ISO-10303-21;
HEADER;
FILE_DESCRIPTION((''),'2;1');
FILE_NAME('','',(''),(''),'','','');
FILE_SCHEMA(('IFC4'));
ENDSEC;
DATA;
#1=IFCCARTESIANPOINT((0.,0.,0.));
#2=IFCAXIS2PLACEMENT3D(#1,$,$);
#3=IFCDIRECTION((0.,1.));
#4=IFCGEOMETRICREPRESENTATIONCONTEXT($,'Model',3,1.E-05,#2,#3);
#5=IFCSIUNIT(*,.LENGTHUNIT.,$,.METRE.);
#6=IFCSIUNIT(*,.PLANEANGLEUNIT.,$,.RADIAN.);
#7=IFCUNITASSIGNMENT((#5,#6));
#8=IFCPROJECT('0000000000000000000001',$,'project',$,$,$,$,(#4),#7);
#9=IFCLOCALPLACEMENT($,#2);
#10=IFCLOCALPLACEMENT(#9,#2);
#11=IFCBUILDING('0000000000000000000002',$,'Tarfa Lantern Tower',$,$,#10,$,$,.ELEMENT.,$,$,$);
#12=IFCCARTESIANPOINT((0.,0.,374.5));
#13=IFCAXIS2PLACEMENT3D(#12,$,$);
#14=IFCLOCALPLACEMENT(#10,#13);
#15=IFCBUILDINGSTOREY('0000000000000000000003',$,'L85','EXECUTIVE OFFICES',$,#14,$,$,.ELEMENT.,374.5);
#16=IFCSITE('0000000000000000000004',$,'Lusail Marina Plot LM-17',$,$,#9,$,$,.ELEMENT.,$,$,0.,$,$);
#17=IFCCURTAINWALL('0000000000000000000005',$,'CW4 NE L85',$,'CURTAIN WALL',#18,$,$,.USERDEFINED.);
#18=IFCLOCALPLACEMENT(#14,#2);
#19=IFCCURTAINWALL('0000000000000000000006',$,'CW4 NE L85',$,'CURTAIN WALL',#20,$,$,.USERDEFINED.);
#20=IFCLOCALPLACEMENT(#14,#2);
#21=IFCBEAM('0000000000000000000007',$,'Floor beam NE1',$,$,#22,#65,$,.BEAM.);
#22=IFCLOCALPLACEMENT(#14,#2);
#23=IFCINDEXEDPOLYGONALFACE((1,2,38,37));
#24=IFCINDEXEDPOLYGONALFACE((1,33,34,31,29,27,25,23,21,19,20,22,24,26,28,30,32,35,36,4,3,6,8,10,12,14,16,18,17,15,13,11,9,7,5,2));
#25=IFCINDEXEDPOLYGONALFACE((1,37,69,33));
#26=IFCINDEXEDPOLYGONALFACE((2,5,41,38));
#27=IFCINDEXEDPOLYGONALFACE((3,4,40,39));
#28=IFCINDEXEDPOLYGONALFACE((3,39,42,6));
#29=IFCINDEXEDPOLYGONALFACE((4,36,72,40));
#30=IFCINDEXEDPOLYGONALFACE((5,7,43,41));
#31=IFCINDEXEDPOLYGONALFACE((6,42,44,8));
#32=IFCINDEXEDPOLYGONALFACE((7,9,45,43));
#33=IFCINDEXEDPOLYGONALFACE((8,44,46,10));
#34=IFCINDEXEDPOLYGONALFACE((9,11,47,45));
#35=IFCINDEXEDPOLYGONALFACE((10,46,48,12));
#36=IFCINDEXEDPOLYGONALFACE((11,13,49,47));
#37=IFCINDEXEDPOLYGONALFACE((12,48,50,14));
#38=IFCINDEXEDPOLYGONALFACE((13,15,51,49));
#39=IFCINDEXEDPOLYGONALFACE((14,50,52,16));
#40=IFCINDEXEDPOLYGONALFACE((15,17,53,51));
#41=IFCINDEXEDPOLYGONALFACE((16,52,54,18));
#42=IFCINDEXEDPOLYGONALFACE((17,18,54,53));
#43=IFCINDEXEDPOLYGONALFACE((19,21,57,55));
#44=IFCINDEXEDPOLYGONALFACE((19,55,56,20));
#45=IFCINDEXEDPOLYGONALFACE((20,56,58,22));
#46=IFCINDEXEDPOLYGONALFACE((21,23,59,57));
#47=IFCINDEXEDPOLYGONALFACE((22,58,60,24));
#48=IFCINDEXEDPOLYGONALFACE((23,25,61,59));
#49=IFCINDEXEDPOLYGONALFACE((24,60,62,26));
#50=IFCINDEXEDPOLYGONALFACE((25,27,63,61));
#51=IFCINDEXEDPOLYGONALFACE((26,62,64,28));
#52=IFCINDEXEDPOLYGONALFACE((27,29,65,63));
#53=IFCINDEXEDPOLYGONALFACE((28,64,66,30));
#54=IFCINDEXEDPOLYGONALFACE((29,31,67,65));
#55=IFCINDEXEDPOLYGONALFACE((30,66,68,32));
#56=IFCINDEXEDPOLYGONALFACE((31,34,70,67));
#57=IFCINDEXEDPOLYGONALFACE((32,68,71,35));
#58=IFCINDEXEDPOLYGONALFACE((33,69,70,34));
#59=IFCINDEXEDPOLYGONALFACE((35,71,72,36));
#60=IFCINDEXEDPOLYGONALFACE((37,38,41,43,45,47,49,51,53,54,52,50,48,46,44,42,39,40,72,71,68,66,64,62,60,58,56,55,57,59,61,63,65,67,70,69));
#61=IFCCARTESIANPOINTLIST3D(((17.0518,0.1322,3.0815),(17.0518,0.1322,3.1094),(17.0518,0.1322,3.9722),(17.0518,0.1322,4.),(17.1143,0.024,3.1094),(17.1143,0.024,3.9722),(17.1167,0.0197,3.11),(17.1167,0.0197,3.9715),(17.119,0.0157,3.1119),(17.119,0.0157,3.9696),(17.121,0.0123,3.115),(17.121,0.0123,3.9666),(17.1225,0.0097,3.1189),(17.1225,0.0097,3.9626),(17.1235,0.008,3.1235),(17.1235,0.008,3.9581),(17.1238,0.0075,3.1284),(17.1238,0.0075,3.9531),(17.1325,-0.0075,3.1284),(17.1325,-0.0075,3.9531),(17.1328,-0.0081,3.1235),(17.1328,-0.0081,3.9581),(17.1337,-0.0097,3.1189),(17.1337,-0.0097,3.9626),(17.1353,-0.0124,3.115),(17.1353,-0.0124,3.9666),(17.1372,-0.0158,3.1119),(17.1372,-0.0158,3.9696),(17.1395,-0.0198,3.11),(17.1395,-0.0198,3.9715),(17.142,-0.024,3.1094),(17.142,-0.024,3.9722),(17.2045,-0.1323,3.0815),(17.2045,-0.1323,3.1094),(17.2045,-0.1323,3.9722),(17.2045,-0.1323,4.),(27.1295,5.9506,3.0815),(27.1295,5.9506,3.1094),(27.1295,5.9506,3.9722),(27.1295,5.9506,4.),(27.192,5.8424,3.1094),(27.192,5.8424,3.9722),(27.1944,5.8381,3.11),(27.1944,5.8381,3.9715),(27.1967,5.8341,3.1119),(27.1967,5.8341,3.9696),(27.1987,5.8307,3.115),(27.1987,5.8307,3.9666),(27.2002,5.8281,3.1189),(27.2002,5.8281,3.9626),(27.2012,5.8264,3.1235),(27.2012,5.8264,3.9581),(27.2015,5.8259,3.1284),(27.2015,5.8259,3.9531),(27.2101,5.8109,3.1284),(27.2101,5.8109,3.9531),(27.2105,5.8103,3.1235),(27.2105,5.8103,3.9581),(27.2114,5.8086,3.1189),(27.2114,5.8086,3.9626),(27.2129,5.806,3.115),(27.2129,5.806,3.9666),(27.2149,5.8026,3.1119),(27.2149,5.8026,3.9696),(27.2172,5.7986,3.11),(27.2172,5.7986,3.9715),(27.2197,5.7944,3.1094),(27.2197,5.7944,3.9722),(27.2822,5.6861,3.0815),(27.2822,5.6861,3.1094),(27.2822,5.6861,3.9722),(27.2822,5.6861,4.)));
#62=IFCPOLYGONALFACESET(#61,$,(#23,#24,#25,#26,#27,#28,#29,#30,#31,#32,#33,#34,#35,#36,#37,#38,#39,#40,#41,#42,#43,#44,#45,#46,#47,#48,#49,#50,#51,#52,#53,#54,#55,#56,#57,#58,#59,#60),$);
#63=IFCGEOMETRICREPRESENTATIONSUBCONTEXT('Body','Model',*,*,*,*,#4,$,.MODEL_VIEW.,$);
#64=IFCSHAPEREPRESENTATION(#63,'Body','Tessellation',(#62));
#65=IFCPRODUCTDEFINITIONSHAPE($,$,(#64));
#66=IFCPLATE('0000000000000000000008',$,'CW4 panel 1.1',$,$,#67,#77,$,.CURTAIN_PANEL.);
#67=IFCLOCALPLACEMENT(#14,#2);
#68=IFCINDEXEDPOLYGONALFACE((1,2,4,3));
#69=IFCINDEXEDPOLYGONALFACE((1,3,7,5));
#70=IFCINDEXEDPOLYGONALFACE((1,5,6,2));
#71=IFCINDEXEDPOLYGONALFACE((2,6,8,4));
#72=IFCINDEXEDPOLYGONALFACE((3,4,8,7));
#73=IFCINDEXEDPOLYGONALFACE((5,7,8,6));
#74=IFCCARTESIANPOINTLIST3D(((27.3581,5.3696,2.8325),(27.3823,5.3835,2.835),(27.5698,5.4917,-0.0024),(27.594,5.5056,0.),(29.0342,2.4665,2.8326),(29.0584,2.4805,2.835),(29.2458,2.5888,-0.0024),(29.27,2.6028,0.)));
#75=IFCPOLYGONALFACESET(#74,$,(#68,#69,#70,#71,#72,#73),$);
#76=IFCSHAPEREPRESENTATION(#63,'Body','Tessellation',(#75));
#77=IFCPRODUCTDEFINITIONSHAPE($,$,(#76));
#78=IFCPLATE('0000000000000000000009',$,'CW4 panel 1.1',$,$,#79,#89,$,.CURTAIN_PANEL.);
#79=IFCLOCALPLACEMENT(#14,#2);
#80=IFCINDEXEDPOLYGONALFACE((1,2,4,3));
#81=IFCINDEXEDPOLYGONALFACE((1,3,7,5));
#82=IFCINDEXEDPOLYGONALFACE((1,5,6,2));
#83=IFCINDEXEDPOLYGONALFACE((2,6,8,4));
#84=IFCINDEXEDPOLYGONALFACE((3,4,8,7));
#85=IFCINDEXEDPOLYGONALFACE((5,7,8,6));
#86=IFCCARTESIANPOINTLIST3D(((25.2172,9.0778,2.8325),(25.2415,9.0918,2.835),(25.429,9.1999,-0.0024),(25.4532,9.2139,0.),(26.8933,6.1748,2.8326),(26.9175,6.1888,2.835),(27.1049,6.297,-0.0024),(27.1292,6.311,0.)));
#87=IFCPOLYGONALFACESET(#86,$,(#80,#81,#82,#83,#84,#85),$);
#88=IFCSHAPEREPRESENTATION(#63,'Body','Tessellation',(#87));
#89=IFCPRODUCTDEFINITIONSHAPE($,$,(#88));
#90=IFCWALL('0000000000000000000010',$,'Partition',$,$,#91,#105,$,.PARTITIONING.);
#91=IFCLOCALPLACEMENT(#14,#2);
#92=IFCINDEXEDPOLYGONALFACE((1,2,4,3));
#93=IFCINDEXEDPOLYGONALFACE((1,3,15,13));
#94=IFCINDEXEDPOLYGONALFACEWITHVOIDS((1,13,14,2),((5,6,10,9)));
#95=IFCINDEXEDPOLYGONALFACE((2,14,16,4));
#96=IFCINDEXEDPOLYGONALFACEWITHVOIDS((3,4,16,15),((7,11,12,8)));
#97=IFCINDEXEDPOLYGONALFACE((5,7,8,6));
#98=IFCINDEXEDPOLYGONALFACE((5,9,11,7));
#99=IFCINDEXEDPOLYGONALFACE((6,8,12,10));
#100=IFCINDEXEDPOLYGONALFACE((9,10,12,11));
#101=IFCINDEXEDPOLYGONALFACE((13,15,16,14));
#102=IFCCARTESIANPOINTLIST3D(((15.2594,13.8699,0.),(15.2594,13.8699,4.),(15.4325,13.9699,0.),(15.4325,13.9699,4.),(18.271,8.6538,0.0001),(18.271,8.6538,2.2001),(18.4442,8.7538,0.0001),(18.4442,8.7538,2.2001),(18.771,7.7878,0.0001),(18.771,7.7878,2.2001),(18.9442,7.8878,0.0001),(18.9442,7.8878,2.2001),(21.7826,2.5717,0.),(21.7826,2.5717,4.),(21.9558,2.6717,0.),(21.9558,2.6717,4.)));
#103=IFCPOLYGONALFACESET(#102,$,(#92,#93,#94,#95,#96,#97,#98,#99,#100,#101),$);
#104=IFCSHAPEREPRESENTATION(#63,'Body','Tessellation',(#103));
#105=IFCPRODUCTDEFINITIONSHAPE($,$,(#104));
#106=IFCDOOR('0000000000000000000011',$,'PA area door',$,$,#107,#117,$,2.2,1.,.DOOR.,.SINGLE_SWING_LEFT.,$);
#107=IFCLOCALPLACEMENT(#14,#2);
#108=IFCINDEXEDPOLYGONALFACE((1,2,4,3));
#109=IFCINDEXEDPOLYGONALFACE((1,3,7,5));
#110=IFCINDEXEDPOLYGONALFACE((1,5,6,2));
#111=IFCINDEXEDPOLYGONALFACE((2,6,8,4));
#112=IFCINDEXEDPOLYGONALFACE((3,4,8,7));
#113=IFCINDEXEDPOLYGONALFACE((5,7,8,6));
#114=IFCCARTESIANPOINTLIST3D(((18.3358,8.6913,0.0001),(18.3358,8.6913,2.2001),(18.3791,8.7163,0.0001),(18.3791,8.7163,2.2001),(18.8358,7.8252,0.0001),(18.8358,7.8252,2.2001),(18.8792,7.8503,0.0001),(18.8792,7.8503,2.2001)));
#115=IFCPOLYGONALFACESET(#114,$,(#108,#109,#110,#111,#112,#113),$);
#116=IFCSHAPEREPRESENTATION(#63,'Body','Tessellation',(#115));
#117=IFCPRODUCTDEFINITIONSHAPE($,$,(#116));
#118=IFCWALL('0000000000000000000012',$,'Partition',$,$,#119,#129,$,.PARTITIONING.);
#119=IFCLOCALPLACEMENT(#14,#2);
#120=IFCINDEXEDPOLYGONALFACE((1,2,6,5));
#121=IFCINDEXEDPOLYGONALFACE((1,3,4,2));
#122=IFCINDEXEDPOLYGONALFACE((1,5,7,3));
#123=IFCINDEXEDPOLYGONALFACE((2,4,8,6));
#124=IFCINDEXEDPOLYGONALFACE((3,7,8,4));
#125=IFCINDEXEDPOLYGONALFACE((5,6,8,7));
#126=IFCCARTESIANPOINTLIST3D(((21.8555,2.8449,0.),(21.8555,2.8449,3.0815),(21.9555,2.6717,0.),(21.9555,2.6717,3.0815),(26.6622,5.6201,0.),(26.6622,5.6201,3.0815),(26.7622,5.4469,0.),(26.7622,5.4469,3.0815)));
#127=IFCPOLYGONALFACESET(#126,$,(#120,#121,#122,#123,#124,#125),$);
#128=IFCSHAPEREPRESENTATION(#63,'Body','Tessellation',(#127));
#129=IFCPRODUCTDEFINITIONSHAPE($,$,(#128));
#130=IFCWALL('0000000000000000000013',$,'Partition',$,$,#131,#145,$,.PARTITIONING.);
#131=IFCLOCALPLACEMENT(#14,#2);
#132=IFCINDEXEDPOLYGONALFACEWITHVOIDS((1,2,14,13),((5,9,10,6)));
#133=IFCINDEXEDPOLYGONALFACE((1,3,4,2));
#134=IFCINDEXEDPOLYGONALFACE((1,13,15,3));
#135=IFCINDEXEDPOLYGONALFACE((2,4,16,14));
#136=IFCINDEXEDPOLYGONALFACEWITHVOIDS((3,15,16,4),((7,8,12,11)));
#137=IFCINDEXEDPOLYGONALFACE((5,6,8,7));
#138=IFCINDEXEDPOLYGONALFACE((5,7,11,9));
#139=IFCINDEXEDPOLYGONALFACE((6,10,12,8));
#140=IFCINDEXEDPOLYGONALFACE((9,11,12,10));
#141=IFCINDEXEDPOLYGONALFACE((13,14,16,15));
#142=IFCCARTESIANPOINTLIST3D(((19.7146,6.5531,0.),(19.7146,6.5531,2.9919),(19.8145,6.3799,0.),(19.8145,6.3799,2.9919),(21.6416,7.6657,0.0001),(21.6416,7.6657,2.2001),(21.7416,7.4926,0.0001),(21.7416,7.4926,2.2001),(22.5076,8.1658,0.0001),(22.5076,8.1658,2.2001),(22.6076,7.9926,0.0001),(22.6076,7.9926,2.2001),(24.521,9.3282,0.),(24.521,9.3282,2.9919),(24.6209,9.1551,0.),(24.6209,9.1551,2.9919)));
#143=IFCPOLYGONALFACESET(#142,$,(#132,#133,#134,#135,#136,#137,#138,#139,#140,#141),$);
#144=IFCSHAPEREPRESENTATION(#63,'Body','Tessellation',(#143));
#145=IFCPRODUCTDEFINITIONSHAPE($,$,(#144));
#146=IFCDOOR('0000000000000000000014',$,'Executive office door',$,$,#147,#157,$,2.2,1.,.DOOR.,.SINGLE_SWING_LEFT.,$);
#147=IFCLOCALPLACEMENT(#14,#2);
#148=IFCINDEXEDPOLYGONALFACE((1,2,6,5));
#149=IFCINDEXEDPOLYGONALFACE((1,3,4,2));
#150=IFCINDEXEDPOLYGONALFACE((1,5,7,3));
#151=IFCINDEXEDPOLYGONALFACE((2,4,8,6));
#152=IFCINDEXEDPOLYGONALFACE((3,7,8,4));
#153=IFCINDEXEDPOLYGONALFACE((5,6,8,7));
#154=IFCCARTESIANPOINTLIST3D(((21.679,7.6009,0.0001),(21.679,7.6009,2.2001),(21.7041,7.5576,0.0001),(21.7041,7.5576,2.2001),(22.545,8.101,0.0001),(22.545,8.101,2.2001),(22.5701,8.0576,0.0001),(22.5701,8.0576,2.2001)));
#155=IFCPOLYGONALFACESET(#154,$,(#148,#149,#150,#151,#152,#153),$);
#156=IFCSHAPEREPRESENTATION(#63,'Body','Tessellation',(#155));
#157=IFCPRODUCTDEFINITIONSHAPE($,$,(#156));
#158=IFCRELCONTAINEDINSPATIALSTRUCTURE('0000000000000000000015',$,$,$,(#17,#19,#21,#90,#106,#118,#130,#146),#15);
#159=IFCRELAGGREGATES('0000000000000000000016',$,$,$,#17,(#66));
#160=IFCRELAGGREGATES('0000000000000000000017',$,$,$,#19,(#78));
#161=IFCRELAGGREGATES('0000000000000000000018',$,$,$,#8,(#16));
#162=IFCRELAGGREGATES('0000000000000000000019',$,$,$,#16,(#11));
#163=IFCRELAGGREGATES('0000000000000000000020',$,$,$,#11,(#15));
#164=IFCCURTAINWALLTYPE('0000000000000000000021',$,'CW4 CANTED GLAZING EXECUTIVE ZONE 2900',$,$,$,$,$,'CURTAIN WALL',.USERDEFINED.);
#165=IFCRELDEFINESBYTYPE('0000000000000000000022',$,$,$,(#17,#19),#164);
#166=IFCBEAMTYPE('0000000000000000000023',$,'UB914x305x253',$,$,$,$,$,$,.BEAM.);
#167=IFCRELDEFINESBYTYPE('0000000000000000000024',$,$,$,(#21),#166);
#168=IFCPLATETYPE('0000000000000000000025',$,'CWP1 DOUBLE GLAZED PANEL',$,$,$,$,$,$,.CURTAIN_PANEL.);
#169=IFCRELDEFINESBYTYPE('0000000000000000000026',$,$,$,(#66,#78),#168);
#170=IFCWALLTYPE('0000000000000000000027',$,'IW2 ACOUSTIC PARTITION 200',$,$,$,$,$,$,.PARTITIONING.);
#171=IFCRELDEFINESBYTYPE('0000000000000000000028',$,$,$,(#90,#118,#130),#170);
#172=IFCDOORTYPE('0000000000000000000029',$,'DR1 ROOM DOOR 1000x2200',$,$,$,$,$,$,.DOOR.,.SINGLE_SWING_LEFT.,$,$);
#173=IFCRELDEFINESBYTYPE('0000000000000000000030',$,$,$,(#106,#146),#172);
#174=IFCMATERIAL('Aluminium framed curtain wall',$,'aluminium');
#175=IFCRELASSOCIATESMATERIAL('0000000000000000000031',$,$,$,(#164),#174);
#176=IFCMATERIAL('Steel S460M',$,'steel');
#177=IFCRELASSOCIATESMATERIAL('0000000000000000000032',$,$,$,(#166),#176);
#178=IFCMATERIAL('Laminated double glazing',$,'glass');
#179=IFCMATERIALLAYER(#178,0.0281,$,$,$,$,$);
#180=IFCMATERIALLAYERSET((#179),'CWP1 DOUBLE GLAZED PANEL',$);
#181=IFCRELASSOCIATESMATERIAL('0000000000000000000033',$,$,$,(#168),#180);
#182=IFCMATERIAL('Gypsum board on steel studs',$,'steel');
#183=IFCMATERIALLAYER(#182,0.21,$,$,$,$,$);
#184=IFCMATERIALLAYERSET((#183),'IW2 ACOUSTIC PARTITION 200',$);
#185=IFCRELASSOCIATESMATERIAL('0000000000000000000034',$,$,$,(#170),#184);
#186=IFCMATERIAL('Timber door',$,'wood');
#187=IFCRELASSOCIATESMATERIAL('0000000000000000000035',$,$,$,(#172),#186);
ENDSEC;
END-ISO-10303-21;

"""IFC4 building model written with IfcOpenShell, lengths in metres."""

from ifc_helpers import new_model, si_unit, direction, frame, frame_2d, origin, origin_2d, place, context, subcontext, project, spatial, polyline, rectangle, i_section, outline, extrude, material, layer, layer_set, material_profile, profile_set, type_object, element, fill, aggregate, save


model = new_model("IFC4")

# Units and contexts
model_context = context("Model", 3, precision=1e-05, world=origin(), true_north=direction((0.0, 1.0)))
body_context = subcontext(model_context, "Body", "Model", "MODEL_VIEW")
ifc_project = project(units=[si_unit("LENGTHUNIT", "METRE"), si_unit("PLANEANGLEUNIT", "RADIAN")], contexts=[model_context])

# Site, building, storey
site_placement = place(None, origin())
site = spatial("IfcSite", under=ifc_project, at=site_placement, Name="Lusail Marina Plot LM-17", CompositionType="ELEMENT", RefElevation=0.0)
building_placement = place(site_placement, origin())
building = spatial("IfcBuilding", under=site, at=building_placement, Name="Tarfa Lantern Tower", CompositionType="ELEMENT")
storey_placement = place(building_placement, frame((0.0, 0.0, 374.5)))
storey = spatial("IfcBuildingStorey", under=building, at=storey_placement, Name="L85", Description="EXECUTIVE OFFICES", CompositionType="ELEMENT", Elevation=374.5)

# Curtain walls
ifc_material_1 = material(Name="Aluminium framed curtain wall", Category="aluminium")
curtain_wall_type = type_object("IfcCurtainWallType", Name="CW4 CANTED GLAZING EXECUTIVE ZONE 2900", ElementType="CURTAIN WALL", PredefinedType="USERDEFINED", material=ifc_material_1)
curtain_wall_1_placement = place(storey_placement, origin())
curtain_wall_1 = element("IfcCurtainWall", 1, at=curtain_wall_1_placement, inside=storey, type_object=curtain_wall_type, Name="CW4 NE L85", ObjectType="CURTAIN WALL", PredefinedType="USERDEFINED")
curtain_wall_2_placement = place(storey_placement, origin())
curtain_wall_2 = element("IfcCurtainWall", 2, at=curtain_wall_2_placement, inside=storey, type_object=curtain_wall_type, Name="CW4 NE L85", ObjectType="CURTAIN WALL", PredefinedType="USERDEFINED")

# Beam
ifc_material_2 = material(Name="Steel S460M", Category="steel")
ifc_material_profile_1 = material_profile(ifc_material_2, i_section(OverallWidth=0.3054, OverallDepth=0.9185, WebThickness=0.0173, FlangeThickness=0.0278, FilletRadius=0.019, at=origin_2d()), Name="UB914x305x253")
ifc_profile_set_1 = profile_set([ifc_material_profile_1], Name="Steel S460M")
beam_type_1 = type_object("IfcBeamType", Name="UB914x305x253", PredefinedType="BEAM", material=ifc_profile_set_1)
beam_1_placement = place(storey_placement, frame((27.2058, 5.8184, 3.5408), z_axis=(-0.866024, -0.500002, 0.0), x_axis=(0.500002, -0.866024, 0.0)))
element("IfcBeam", 3, at=beam_1_placement, inside=storey, type_object=beam_type_1, Name="Floor beam NE1", PredefinedType="BEAM", context=body_context, shape_type="SweptSolid", body=[
    extrude(i_section(OverallWidth=0.3054, OverallDepth=0.9185, WebThickness=0.0173, FlangeThickness=0.0278, FilletRadius=0.019, at=origin_2d()), origin(), (0.0, 0.0, 1.0), 11.6367),
])

# Plates
ifc_material_3 = material(Name="Laminated double glazing", Category="glass")
ifc_layer_1 = layer(ifc_material_3, 0.0281)
ifc_layer_set_1 = layer_set([ifc_layer_1], Name="CWP1 DOUBLE GLAZED PANEL")
plate_type = type_object("IfcPlateType", Name="CWP1 DOUBLE GLAZED PANEL", PredefinedType="CURTAIN_PANEL", material=ifc_layer_set_1)
plate_1_placement = place(storey_placement, frame((29.27, 2.6028, 0.0), z_axis=(0.862824, 0.498153, 0.085893), x_axis=(-0.500001, 0.866025, 0.000002)))
plate_1 = element("IfcPlate", 4, at=plate_1_placement, type_object=plate_type, Name="CW4 panel 1.1", PredefinedType="CURTAIN_PANEL", context=body_context, shape_type="SweptSolid", body=[
    extrude(outline(polyline([(0.0, 0.0), (3.3519, 0.0), (3.3521, 2.8455), (-0.0001, 2.8455), (0.0, 0.0)])), origin(), (0.0, 0.0, -1.0), 0.0281),
])
aggregate(curtain_wall_1, [plate_1])
plate_2_placement = place(storey_placement, frame((27.1292, 6.311, 0.0), z_axis=(0.862824, 0.498153, 0.085893), x_axis=(-0.500001, 0.866025, 0.000002)))
plate_2 = element("IfcPlate", 5, at=plate_2_placement, type_object=plate_type, Name="CW4 panel 1.1", PredefinedType="CURTAIN_PANEL", context=body_context, shape_type="SweptSolid", body=[
    extrude(outline(polyline([(0.0, 0.0), (3.3519, 0.0), (3.3521, 2.8455), (-0.0001, 2.8455), (0.0, 0.0)])), origin(), (0.0, 0.0, -1.0), 0.0281),
])
aggregate(curtain_wall_2, [plate_2])

# Wall, opening, door
ifc_material_4 = material(Name="Gypsum board on steel studs", Category="steel")
ifc_layer_2 = layer(ifc_material_4, 0.21)
ifc_layer_set_2 = layer_set([ifc_layer_2], Name="IW2 ACOUSTIC PARTITION 200")
wall_type = type_object("IfcWallType", Name="IW2 ACOUSTIC PARTITION 200", PredefinedType="PARTITIONING", material=ifc_layer_set_2)
wall_1_placement = place(storey_placement, frame((21.8691, 2.6218, 0.0), z_axis=(0.0, 0.0, 1.0), x_axis=(-0.500013, 0.866018, 0.0)))
wall_1 = element("IfcWall", 6, at=wall_1_placement, inside=storey, type_object=wall_type, Name="Partition", PredefinedType="PARTITIONING", context=body_context, shape_type="SweptSolid", body=[
    extrude(rectangle(XDim=13.0461, YDim=0.2, at=frame_2d((6.5229, 0.0))), origin(), (0.0, 0.0, 1.0), 4.0),
])
opening_1_placement = place(wall_1_placement, frame((6.0229, 0.0, 0.0)))
opening_1 = element("IfcOpeningElement", 7, at=opening_1_placement, cuts=wall_1, PredefinedType="OPENING", context=body_context, shape_type="SweptSolid", body=[
    extrude(rectangle(XDim=1.0, YDim=2.2, at=frame_2d((0.5, 1.1001))), frame((0.0, 0.1099, 0.0), z_axis=(0.0, -1.0, 0.0), x_axis=(1.0, 0.0, 0.0)), (0.0, 0.0, 1.0), 0.22),
])
ifc_material_5 = material(Name="Timber door", Category="wood")
door_type = type_object("IfcDoorType", Name="DR1 ROOM DOOR 1000x2200", OperationType="SINGLE_SWING_LEFT", PredefinedType="DOOR", material=ifc_material_5)
door_1_placement = place(opening_1_placement, frame((1.0, 0.0, 0.0), z_axis=(0.0, 0.0, 1.0), x_axis=(-1.0, 0.0, 0.0)))
door_1 = element("IfcDoor", 8, at=door_1_placement, inside=storey, type_object=door_type, Name="PA area door", OperationType="SINGLE_SWING_LEFT", OverallHeight=2.2, OverallWidth=1.0, PredefinedType="DOOR", context=body_context, shape_type="SweptSolid", body=[
    extrude(rectangle(XDim=1.0, YDim=2.2, at=frame_2d((0.5, 1.1001))), frame((0.0, 0.0249, 0.0), z_axis=(0.0, -1.0, 0.0), x_axis=(1.0, 0.0, 0.0)), (0.0, 0.0, 1.0), 0.05),
])
fill(opening_1, door_1)

# Wall
wall_2_placement = place(storey_placement, frame((21.9055, 2.7583, 0.0), z_axis=(0.0, 0.0, 1.0), x_axis=(0.866023, 0.500004, 0.0)))
element("IfcWall", 9, at=wall_2_placement, inside=storey, type_object=wall_type, Name="Partition", PredefinedType="PARTITIONING", context=body_context, shape_type="SweptSolid", body=[
    extrude(rectangle(XDim=5.5503, YDim=0.2, at=frame_2d((2.7751, 0.0))), origin(), (0.0, 0.0, 1.0), 3.0815),
])

# Wall, opening, door
wall_3_placement = place(storey_placement, frame((19.7646, 6.4666, 0.0), z_axis=(0.0, 0.0, 1.0), x_axis=(0.866012, 0.500023, 0.0)))
wall_3 = element("IfcWall", 10, at=wall_3_placement, inside=storey, type_object=wall_type, Name="Partition", PredefinedType="PARTITIONING", context=body_context, shape_type="SweptSolid", body=[
    extrude(rectangle(XDim=5.55, YDim=0.2, at=frame_2d((2.7749, 0.0))), origin(), (0.0, 0.0, 1.0), 2.9919),
])
opening_2_placement = place(wall_3_placement, frame((2.2251, 0.0, 0.0)))
opening_2 = element("IfcOpeningElement", 11, at=opening_2_placement, cuts=wall_3, PredefinedType="OPENING", context=body_context, shape_type="SweptSolid", body=[
    extrude(rectangle(XDim=1.0, YDim=2.2, at=frame_2d((0.5, 1.1001))), frame((0.0, 0.1099, 0.0), z_axis=(0.0, -1.0, 0.0), x_axis=(1.0, 0.0, 0.0)), (0.0, 0.0, 1.0), 0.22),
])
door_2_placement = place(opening_2_placement, frame((1.0, 0.0, 0.0), z_axis=(0.0, 0.0, 1.0), x_axis=(-1.0, 0.0, 0.0)))
door_2 = element("IfcDoor", 12, at=door_2_placement, inside=storey, type_object=door_type, Name="Executive office door", OperationType="SINGLE_SWING_LEFT", OverallHeight=2.2, OverallWidth=1.0, PredefinedType="DOOR", context=body_context, shape_type="SweptSolid", body=[
    extrude(rectangle(XDim=1.0, YDim=2.2, at=frame_2d((0.5, 1.1001))), frame((0.0, 0.0249, 0.0), z_axis=(0.0, -1.0, 0.0), x_axis=(1.0, 0.0, 0.0)), (0.0, 0.0, 1.0), 0.05),
])
fill(opening_2, door_2)

save(model, "model.ifc")
